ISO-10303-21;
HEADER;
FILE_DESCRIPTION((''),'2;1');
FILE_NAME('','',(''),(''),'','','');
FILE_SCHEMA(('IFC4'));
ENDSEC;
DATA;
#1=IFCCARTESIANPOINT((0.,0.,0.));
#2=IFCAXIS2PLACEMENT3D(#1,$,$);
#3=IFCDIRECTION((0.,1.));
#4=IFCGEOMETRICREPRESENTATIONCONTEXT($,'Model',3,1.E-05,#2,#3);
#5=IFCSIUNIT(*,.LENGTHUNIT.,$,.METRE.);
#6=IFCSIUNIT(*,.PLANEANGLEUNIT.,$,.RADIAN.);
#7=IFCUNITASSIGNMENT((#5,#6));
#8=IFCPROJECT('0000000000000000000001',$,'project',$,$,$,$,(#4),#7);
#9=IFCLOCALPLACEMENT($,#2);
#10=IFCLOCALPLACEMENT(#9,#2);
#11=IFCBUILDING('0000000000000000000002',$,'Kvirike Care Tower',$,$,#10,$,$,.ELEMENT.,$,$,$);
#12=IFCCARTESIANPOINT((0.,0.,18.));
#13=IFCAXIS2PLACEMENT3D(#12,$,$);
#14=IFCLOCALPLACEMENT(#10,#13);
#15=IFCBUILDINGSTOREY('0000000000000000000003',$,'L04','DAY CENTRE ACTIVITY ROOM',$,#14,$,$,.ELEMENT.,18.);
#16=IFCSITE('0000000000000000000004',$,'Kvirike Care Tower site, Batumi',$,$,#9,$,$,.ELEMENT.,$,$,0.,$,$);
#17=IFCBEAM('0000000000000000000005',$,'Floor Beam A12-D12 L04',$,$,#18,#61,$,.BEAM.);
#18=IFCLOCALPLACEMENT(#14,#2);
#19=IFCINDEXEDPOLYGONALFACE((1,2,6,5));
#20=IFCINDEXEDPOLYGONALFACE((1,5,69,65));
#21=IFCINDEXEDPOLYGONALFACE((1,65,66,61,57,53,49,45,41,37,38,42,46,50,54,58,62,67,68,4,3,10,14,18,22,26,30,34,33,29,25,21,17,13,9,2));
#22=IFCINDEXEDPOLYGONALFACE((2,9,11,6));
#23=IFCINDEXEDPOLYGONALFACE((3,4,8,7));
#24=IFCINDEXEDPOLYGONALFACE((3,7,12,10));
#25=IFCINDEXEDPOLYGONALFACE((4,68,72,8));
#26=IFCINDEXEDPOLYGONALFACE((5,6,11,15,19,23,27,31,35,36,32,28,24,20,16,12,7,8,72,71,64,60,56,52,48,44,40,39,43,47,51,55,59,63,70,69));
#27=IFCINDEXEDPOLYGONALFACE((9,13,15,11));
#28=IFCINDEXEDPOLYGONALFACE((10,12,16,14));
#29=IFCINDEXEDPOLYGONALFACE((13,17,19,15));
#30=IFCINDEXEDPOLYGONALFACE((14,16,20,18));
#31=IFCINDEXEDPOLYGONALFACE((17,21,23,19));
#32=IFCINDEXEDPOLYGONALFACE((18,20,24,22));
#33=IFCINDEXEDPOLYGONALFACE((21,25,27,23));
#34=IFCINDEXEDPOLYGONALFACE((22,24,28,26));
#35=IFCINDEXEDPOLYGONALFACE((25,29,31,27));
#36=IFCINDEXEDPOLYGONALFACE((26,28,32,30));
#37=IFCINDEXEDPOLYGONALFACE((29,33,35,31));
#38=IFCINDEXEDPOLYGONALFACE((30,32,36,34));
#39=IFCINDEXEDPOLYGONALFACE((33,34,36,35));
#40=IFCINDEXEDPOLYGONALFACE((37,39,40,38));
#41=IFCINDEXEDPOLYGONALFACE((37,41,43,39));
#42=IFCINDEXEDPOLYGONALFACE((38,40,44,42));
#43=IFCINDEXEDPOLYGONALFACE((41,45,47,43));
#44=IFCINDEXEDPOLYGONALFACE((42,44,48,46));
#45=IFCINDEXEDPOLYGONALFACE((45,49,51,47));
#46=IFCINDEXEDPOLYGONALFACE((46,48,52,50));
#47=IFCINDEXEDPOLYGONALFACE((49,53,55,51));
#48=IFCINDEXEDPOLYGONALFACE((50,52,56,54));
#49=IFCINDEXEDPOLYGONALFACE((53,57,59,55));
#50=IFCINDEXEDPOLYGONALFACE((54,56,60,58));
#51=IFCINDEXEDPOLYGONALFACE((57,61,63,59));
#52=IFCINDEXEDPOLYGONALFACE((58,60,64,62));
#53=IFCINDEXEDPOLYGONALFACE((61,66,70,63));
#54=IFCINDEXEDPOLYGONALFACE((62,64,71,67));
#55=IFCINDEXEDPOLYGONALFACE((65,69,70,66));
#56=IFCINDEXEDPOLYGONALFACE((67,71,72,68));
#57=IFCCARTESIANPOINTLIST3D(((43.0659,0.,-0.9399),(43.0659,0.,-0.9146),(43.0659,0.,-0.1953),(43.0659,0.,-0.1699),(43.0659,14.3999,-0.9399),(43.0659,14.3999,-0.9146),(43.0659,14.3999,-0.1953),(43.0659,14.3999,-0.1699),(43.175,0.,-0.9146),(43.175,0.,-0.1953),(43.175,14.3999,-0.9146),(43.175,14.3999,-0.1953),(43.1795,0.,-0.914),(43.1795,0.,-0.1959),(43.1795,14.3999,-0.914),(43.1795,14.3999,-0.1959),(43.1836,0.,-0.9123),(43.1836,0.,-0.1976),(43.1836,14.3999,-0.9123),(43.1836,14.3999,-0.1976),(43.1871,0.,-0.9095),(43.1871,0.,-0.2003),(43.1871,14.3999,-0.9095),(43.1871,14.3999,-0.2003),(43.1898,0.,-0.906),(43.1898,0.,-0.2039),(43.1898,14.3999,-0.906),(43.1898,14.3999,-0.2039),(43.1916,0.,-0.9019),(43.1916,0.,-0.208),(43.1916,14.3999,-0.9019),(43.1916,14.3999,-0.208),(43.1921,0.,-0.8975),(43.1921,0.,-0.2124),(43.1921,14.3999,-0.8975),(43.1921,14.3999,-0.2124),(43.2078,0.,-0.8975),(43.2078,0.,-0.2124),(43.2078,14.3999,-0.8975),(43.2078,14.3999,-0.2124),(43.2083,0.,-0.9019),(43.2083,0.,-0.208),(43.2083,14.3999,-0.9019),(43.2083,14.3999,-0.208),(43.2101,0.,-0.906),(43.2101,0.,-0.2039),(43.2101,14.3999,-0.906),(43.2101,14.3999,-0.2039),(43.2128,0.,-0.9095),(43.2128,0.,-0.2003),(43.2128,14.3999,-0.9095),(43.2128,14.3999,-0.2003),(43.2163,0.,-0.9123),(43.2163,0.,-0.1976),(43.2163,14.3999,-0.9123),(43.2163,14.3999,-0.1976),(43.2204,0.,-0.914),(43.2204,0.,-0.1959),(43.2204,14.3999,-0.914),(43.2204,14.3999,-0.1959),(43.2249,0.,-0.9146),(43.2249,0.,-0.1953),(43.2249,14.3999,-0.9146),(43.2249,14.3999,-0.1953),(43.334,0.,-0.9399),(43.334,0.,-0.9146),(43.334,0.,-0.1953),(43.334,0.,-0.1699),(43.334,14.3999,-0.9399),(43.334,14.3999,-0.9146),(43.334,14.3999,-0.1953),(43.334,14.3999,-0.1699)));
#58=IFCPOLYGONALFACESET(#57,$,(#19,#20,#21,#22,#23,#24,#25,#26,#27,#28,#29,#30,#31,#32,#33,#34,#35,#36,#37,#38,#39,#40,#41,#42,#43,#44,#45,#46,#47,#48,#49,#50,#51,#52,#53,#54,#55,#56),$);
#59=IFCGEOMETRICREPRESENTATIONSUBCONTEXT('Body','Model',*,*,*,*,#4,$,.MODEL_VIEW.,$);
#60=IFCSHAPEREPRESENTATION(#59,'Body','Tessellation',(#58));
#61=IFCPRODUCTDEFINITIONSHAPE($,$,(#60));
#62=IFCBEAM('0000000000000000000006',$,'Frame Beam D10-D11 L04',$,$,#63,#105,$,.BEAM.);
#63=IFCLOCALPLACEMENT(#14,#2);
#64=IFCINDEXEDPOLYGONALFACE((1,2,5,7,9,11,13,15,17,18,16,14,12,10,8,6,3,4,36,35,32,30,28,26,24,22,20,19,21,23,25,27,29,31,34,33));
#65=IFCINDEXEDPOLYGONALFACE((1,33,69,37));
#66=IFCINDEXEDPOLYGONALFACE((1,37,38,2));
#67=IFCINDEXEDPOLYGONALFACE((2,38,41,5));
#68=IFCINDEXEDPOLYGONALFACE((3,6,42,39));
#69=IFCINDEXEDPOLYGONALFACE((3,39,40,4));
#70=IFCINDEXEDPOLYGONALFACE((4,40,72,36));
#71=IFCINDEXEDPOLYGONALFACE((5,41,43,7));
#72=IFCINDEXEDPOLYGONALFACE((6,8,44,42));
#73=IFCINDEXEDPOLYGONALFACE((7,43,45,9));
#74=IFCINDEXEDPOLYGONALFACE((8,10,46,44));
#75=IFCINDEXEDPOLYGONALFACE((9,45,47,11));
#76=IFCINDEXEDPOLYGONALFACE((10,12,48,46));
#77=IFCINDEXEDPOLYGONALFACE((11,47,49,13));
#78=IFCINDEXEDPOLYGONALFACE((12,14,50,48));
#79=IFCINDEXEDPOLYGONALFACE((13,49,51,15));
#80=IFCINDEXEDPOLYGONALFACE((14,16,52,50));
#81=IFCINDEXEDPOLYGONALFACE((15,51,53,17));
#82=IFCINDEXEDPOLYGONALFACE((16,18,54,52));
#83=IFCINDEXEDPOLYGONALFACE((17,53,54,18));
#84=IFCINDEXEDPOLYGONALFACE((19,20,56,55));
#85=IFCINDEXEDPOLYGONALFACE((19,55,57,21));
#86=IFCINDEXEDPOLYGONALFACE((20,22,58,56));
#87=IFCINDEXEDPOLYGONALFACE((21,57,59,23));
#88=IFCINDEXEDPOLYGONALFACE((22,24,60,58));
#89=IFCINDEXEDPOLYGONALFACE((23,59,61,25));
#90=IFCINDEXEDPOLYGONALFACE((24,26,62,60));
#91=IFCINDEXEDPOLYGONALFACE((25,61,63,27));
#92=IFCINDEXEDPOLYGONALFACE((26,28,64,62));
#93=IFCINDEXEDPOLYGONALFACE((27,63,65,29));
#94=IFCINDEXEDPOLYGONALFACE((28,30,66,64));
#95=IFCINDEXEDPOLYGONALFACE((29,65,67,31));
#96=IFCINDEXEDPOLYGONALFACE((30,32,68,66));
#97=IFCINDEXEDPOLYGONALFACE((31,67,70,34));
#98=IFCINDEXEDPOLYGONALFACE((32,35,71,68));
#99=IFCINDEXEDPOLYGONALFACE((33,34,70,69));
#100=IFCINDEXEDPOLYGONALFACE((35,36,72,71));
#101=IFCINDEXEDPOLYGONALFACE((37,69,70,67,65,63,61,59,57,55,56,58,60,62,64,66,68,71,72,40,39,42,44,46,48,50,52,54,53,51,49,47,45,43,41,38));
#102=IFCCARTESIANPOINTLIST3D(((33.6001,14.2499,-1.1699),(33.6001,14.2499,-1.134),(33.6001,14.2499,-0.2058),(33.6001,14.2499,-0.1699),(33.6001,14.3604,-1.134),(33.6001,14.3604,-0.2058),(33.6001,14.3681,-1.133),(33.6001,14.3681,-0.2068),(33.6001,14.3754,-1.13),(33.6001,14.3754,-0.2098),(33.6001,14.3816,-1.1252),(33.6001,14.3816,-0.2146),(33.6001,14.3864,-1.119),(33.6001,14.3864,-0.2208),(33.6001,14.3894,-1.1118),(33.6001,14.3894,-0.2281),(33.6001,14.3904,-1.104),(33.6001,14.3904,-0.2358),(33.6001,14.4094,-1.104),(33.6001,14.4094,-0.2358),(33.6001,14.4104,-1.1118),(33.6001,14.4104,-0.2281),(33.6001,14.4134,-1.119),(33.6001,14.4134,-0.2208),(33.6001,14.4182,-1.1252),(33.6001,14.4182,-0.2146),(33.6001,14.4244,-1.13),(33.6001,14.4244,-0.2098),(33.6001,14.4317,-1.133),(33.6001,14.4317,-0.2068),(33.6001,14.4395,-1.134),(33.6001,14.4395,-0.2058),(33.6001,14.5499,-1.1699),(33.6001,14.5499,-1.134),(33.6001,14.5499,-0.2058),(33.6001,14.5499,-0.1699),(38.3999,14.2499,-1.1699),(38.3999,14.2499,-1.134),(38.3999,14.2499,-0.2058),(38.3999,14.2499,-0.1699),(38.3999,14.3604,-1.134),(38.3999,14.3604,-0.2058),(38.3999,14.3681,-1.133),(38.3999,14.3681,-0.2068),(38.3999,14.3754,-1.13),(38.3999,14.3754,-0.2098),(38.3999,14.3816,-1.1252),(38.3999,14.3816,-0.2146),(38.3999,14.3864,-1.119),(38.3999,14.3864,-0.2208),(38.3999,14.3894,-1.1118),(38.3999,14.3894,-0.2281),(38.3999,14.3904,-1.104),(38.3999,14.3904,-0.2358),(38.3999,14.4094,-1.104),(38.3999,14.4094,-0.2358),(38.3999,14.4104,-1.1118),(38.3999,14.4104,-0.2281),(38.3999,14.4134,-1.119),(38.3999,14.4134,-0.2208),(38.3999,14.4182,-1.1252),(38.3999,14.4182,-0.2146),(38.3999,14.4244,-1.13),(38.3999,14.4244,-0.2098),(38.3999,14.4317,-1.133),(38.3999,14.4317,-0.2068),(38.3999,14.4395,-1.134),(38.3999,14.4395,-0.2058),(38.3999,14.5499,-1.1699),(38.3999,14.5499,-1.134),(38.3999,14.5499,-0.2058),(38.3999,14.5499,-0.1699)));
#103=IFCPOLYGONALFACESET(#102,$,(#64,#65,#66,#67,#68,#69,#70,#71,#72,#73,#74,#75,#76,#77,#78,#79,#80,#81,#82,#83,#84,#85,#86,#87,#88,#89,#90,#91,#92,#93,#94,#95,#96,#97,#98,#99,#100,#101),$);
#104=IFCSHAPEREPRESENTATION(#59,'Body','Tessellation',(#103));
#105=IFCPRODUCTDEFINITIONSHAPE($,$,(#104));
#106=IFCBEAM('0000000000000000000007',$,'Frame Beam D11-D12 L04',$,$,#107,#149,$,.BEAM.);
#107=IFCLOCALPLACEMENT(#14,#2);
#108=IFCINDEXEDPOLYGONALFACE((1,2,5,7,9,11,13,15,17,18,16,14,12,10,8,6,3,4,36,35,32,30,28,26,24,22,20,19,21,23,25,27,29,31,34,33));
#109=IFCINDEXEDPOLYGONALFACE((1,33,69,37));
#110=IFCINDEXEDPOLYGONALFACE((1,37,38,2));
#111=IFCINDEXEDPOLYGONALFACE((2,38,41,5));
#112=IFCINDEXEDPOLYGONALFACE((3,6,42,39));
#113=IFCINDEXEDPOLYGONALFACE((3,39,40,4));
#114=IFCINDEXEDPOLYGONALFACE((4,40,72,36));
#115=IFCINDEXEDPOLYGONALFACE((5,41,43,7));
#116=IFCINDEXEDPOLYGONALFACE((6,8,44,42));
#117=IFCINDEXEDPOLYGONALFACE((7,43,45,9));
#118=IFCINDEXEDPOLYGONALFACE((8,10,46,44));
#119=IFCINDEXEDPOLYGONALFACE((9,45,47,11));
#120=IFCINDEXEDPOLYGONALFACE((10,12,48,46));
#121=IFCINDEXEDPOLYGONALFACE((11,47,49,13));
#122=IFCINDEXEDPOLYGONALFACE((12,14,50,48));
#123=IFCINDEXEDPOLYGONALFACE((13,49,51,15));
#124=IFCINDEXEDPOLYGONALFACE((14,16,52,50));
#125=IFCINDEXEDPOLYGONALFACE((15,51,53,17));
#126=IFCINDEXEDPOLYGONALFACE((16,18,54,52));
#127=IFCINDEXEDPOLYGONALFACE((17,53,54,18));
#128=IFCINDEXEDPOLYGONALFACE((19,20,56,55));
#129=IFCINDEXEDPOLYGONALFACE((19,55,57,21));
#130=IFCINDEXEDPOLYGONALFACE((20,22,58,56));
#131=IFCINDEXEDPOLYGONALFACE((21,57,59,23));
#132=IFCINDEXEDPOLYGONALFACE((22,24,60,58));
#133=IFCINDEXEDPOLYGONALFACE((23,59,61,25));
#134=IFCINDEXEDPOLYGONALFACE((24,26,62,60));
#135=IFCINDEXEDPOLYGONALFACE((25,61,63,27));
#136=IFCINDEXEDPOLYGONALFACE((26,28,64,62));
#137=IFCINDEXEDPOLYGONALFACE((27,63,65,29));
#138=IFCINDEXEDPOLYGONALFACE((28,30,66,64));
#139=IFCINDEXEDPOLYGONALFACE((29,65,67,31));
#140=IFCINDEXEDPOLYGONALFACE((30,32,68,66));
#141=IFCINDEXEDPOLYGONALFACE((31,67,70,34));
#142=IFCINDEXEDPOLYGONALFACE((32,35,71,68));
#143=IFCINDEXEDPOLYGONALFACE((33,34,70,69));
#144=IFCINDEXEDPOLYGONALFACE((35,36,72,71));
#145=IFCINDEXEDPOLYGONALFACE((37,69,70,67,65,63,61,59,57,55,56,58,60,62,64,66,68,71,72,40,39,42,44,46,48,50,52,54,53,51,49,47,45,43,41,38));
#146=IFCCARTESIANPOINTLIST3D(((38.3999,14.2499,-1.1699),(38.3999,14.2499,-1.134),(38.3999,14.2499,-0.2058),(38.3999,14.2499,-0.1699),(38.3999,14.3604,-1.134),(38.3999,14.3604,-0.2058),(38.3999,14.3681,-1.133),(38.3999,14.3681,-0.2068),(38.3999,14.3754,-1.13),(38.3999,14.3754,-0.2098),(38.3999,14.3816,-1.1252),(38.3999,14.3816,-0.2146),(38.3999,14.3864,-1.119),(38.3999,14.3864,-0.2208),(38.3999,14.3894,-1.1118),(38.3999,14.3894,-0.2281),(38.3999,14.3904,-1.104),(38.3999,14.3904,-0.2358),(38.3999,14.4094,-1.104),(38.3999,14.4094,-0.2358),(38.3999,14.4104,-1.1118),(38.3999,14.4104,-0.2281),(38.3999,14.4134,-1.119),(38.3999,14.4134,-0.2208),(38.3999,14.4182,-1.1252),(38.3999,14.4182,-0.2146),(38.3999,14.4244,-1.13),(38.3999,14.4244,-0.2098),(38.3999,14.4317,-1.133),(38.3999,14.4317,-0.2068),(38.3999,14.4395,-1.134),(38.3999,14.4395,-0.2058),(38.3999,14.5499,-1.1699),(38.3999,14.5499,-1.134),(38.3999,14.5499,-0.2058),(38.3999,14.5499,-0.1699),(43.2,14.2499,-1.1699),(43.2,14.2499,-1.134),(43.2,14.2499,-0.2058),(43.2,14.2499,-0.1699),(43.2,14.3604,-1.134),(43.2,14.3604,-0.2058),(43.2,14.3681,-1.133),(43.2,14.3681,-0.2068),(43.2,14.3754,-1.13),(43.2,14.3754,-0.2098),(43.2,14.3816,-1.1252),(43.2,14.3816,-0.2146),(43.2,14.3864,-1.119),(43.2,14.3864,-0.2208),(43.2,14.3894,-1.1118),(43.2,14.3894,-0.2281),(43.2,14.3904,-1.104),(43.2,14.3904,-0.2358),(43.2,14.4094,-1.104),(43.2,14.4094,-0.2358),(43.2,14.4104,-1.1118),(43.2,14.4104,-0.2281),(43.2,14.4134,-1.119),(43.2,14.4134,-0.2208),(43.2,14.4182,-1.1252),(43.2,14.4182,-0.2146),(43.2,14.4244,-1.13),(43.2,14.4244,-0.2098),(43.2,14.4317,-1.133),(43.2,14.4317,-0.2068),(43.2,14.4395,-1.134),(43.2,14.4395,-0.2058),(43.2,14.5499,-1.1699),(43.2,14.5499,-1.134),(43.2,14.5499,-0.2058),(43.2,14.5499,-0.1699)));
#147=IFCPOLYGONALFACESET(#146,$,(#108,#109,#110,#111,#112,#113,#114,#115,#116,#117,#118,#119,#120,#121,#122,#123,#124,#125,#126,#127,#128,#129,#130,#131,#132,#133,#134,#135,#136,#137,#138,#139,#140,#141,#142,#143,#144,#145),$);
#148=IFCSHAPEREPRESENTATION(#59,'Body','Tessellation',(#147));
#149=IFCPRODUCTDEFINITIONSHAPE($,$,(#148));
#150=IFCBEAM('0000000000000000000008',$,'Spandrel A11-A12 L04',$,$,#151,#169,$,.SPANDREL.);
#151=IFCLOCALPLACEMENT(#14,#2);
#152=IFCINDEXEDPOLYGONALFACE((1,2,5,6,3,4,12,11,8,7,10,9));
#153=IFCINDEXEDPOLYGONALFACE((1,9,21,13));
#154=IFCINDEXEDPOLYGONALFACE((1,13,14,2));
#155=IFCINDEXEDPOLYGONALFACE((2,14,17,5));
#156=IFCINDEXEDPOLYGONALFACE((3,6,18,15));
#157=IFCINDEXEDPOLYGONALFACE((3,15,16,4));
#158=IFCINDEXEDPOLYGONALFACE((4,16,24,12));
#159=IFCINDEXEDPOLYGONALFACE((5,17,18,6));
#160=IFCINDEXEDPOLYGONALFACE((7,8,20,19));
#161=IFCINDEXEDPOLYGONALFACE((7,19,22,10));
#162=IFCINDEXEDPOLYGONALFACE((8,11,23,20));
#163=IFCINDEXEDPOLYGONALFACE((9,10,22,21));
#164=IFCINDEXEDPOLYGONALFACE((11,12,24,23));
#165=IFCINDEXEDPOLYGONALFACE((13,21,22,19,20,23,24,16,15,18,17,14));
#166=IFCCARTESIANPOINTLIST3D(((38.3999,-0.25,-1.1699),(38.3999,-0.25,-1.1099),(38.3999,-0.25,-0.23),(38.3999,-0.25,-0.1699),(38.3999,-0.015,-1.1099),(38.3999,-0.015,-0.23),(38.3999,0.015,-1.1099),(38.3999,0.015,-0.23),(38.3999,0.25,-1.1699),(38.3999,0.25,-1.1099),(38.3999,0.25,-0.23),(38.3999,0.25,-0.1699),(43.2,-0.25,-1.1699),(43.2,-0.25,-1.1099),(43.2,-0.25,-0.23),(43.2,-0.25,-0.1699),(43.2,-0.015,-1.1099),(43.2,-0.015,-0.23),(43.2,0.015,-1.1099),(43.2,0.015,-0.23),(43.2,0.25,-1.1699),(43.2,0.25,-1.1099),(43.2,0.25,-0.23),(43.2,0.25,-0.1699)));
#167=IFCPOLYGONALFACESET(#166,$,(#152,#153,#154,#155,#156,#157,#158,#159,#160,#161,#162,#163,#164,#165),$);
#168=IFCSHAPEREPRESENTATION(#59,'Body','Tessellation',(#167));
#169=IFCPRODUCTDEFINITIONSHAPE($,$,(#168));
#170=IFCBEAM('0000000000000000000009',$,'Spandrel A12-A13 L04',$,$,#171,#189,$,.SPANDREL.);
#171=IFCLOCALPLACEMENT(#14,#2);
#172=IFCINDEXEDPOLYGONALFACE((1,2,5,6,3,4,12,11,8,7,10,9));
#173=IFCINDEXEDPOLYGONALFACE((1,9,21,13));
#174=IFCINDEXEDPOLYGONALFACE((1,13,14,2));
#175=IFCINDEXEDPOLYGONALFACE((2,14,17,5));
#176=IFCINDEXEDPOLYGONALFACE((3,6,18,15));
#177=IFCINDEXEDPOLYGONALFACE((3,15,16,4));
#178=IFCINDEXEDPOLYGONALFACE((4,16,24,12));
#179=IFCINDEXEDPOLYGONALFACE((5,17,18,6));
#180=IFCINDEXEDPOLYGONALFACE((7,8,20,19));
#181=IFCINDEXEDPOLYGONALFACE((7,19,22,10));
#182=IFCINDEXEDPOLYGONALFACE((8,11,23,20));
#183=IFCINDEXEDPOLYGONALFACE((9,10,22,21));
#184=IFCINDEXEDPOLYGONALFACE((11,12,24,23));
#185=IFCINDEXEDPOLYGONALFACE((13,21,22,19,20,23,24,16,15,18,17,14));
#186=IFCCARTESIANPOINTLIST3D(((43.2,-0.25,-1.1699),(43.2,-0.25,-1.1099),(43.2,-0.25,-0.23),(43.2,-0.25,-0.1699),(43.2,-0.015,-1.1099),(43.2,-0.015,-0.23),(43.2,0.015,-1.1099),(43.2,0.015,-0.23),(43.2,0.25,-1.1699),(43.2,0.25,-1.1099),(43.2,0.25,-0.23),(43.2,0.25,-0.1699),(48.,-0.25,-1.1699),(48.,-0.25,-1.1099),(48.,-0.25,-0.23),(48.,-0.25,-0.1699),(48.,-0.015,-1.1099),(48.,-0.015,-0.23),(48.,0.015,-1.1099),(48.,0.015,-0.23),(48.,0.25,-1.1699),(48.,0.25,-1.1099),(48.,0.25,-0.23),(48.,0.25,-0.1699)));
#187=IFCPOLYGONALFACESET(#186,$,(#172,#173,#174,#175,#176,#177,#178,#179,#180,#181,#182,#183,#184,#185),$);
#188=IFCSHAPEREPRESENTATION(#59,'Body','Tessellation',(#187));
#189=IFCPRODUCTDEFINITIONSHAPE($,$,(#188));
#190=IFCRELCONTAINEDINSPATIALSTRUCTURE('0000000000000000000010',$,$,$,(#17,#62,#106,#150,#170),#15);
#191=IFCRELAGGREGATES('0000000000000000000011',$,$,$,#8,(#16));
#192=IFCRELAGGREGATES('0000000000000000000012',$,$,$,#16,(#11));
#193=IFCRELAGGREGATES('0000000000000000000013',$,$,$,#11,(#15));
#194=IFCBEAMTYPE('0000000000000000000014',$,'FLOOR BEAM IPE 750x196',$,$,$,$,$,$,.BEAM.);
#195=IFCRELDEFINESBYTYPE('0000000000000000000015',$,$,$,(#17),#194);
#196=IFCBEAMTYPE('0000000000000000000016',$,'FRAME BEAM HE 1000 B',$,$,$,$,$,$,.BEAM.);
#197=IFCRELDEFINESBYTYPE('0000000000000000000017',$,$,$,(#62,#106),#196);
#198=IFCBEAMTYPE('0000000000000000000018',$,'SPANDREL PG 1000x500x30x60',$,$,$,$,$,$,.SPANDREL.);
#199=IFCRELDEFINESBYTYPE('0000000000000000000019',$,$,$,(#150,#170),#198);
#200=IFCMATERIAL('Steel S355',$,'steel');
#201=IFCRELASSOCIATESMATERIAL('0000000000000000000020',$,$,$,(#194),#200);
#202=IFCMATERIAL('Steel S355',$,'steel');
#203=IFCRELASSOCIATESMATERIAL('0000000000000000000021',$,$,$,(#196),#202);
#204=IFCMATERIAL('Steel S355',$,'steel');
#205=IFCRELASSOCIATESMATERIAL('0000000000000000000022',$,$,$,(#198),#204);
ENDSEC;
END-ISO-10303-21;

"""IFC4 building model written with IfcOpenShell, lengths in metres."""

from ifc_helpers import new_model, si_unit, direction, frame, origin, origin_2d, place, context, subcontext, project, spatial, i_section, extrude, material, material_profile, profile_set, type_object, element, save


model = new_model("IFC4")

# Units and contexts
model_context = context("Model", 3, precision=1e-05, world=origin(), true_north=direction((0.0, 1.0)))
body_context = subcontext(model_context, "Body", "Model", "MODEL_VIEW")
ifc_project = project(units=[si_unit("LENGTHUNIT", "METRE"), si_unit("PLANEANGLEUNIT", "RADIAN")], contexts=[model_context])

# Site, building, storey
site_placement = place(None, origin())
site = spatial("IfcSite", under=ifc_project, at=site_placement, Name="Kvirike Care Tower site, Batumi", CompositionType="ELEMENT", RefElevation=0.0)
building_placement = place(site_placement, origin())
building = spatial("IfcBuilding", under=site, at=building_placement, Name="Kvirike Care Tower", CompositionType="ELEMENT")
storey_placement = place(building_placement, frame((0.0, 0.0, 18.0)))
storey = spatial("IfcBuildingStorey", under=building, at=storey_placement, Name="L04", Description="DAY CENTRE ACTIVITY ROOM", CompositionType="ELEMENT", Elevation=18.0)

# Beams
ifc_material_1 = material(Name="Steel S355", Category="steel")
ifc_material_profile_1 = material_profile(ifc_material_1, i_section(OverallWidth=0.2681, OverallDepth=0.77, WebThickness=0.0156, FlangeThickness=0.0254, FilletRadius=0.0171, at=origin_2d()), Name="IPE 750x196")
ifc_profile_set_1 = profile_set([ifc_material_profile_1], Name="Steel S355")
beam_type_1 = type_object("IfcBeamType", Name="FLOOR BEAM IPE 750x196", PredefinedType="BEAM", material=ifc_profile_set_1)
for number, where, z_axis, x_axis, name in (
    (1, (43.2, 0.0, -0.5549), (0.0, 1.0, 0.0), (-1.0, 0.0, 0.0), "Floor Beam A12-D12 L04"),
):
    element("IfcBeam", number, at=place(storey_placement, frame(where, z_axis=z_axis, x_axis=x_axis)), inside=storey, type_object=beam_type_1, Name=name, PredefinedType="BEAM", context=body_context, shape_type="SweptSolid", body=[
        extrude(i_section(OverallWidth=0.2681, OverallDepth=0.77, WebThickness=0.0156, FlangeThickness=0.0254, FilletRadius=0.0171, at=origin_2d()), origin(), (0.0, 0.0, 1.0), 14.3999),
    ])
ifc_material_2 = material(Name="Steel S355", Category="steel")
ifc_material_profile_2 = material_profile(ifc_material_2, i_section(OverallWidth=0.3, OverallDepth=1.0, WebThickness=0.019, FlangeThickness=0.0359, FilletRadius=0.03, at=origin_2d()), Name="HE 1000 B")
ifc_profile_set_2 = profile_set([ifc_material_profile_2], Name="Steel S355")
beam_type_2 = type_object("IfcBeamType", Name="FRAME BEAM HE 1000 B", PredefinedType="BEAM", material=ifc_profile_set_2)
beam_1_placement = place(storey_placement, frame((33.6001, 14.3999, -0.6699), z_axis=(1.0, 0.0, 0.0), x_axis=(0.0, 1.0, 0.0)))
element("IfcBeam", 2, at=beam_1_placement, inside=storey, type_object=beam_type_2, Name="Frame Beam D10-D11 L04", PredefinedType="BEAM", context=body_context, shape_type="SweptSolid", body=[
    extrude(i_section(OverallWidth=0.3, OverallDepth=1.0, WebThickness=0.019, FlangeThickness=0.0359, FilletRadius=0.03, at=origin_2d()), origin(), (0.0, 0.0, 1.0), 4.7998),
])
beam_2_placement = place(storey_placement, frame((38.3999, 14.3999, -0.6699), z_axis=(1.0, 0.0, 0.0), x_axis=(0.0, 1.0, 0.0)))
element("IfcBeam", 3, at=beam_2_placement, inside=storey, type_object=beam_type_2, Name="Frame Beam D11-D12 L04", PredefinedType="BEAM", context=body_context, shape_type="SweptSolid", body=[
    extrude(i_section(OverallWidth=0.3, OverallDepth=1.0, WebThickness=0.019, FlangeThickness=0.0359, FilletRadius=0.03, at=origin_2d()), origin(), (0.0, 0.0, 1.0), 4.8),
])
ifc_material_3 = material(Name="Steel S355", Category="steel")
ifc_material_profile_3 = material_profile(ifc_material_3, i_section(OverallWidth=0.5, OverallDepth=1.0, WebThickness=0.03, FlangeThickness=0.0601, at=origin_2d()), Name="PG 1000x500x30x60")
ifc_profile_set_3 = profile_set([ifc_material_profile_3], Name="Steel S355")
beam_type_3 = type_object("IfcBeamType", Name="SPANDREL PG 1000x500x30x60", PredefinedType="SPANDREL", material=ifc_profile_set_3)
for number, where, z_axis, x_axis, name in (
    (4, (38.3999, 0.0, -0.6699), (1.0, 0.0, 0.0), (0.0, 1.0, 0.0), "Spandrel A11-A12 L04"),
    (5, (43.2, 0.0, -0.6699), (1.0, 0.0, 0.0), (0.0, 1.0, 0.0), "Spandrel A12-A13 L04"),
):
    element("IfcBeam", number, at=place(storey_placement, frame(where, z_axis=z_axis, x_axis=x_axis)), inside=storey, type_object=beam_type_3, Name=name, PredefinedType="SPANDREL", context=body_context, shape_type="SweptSolid", body=[
        extrude(i_section(OverallWidth=0.5, OverallDepth=1.0, WebThickness=0.03, FlangeThickness=0.0601, at=origin_2d()), origin(), (0.0, 0.0, 1.0), 4.8),
    ])

save(model, "model.ifc")
